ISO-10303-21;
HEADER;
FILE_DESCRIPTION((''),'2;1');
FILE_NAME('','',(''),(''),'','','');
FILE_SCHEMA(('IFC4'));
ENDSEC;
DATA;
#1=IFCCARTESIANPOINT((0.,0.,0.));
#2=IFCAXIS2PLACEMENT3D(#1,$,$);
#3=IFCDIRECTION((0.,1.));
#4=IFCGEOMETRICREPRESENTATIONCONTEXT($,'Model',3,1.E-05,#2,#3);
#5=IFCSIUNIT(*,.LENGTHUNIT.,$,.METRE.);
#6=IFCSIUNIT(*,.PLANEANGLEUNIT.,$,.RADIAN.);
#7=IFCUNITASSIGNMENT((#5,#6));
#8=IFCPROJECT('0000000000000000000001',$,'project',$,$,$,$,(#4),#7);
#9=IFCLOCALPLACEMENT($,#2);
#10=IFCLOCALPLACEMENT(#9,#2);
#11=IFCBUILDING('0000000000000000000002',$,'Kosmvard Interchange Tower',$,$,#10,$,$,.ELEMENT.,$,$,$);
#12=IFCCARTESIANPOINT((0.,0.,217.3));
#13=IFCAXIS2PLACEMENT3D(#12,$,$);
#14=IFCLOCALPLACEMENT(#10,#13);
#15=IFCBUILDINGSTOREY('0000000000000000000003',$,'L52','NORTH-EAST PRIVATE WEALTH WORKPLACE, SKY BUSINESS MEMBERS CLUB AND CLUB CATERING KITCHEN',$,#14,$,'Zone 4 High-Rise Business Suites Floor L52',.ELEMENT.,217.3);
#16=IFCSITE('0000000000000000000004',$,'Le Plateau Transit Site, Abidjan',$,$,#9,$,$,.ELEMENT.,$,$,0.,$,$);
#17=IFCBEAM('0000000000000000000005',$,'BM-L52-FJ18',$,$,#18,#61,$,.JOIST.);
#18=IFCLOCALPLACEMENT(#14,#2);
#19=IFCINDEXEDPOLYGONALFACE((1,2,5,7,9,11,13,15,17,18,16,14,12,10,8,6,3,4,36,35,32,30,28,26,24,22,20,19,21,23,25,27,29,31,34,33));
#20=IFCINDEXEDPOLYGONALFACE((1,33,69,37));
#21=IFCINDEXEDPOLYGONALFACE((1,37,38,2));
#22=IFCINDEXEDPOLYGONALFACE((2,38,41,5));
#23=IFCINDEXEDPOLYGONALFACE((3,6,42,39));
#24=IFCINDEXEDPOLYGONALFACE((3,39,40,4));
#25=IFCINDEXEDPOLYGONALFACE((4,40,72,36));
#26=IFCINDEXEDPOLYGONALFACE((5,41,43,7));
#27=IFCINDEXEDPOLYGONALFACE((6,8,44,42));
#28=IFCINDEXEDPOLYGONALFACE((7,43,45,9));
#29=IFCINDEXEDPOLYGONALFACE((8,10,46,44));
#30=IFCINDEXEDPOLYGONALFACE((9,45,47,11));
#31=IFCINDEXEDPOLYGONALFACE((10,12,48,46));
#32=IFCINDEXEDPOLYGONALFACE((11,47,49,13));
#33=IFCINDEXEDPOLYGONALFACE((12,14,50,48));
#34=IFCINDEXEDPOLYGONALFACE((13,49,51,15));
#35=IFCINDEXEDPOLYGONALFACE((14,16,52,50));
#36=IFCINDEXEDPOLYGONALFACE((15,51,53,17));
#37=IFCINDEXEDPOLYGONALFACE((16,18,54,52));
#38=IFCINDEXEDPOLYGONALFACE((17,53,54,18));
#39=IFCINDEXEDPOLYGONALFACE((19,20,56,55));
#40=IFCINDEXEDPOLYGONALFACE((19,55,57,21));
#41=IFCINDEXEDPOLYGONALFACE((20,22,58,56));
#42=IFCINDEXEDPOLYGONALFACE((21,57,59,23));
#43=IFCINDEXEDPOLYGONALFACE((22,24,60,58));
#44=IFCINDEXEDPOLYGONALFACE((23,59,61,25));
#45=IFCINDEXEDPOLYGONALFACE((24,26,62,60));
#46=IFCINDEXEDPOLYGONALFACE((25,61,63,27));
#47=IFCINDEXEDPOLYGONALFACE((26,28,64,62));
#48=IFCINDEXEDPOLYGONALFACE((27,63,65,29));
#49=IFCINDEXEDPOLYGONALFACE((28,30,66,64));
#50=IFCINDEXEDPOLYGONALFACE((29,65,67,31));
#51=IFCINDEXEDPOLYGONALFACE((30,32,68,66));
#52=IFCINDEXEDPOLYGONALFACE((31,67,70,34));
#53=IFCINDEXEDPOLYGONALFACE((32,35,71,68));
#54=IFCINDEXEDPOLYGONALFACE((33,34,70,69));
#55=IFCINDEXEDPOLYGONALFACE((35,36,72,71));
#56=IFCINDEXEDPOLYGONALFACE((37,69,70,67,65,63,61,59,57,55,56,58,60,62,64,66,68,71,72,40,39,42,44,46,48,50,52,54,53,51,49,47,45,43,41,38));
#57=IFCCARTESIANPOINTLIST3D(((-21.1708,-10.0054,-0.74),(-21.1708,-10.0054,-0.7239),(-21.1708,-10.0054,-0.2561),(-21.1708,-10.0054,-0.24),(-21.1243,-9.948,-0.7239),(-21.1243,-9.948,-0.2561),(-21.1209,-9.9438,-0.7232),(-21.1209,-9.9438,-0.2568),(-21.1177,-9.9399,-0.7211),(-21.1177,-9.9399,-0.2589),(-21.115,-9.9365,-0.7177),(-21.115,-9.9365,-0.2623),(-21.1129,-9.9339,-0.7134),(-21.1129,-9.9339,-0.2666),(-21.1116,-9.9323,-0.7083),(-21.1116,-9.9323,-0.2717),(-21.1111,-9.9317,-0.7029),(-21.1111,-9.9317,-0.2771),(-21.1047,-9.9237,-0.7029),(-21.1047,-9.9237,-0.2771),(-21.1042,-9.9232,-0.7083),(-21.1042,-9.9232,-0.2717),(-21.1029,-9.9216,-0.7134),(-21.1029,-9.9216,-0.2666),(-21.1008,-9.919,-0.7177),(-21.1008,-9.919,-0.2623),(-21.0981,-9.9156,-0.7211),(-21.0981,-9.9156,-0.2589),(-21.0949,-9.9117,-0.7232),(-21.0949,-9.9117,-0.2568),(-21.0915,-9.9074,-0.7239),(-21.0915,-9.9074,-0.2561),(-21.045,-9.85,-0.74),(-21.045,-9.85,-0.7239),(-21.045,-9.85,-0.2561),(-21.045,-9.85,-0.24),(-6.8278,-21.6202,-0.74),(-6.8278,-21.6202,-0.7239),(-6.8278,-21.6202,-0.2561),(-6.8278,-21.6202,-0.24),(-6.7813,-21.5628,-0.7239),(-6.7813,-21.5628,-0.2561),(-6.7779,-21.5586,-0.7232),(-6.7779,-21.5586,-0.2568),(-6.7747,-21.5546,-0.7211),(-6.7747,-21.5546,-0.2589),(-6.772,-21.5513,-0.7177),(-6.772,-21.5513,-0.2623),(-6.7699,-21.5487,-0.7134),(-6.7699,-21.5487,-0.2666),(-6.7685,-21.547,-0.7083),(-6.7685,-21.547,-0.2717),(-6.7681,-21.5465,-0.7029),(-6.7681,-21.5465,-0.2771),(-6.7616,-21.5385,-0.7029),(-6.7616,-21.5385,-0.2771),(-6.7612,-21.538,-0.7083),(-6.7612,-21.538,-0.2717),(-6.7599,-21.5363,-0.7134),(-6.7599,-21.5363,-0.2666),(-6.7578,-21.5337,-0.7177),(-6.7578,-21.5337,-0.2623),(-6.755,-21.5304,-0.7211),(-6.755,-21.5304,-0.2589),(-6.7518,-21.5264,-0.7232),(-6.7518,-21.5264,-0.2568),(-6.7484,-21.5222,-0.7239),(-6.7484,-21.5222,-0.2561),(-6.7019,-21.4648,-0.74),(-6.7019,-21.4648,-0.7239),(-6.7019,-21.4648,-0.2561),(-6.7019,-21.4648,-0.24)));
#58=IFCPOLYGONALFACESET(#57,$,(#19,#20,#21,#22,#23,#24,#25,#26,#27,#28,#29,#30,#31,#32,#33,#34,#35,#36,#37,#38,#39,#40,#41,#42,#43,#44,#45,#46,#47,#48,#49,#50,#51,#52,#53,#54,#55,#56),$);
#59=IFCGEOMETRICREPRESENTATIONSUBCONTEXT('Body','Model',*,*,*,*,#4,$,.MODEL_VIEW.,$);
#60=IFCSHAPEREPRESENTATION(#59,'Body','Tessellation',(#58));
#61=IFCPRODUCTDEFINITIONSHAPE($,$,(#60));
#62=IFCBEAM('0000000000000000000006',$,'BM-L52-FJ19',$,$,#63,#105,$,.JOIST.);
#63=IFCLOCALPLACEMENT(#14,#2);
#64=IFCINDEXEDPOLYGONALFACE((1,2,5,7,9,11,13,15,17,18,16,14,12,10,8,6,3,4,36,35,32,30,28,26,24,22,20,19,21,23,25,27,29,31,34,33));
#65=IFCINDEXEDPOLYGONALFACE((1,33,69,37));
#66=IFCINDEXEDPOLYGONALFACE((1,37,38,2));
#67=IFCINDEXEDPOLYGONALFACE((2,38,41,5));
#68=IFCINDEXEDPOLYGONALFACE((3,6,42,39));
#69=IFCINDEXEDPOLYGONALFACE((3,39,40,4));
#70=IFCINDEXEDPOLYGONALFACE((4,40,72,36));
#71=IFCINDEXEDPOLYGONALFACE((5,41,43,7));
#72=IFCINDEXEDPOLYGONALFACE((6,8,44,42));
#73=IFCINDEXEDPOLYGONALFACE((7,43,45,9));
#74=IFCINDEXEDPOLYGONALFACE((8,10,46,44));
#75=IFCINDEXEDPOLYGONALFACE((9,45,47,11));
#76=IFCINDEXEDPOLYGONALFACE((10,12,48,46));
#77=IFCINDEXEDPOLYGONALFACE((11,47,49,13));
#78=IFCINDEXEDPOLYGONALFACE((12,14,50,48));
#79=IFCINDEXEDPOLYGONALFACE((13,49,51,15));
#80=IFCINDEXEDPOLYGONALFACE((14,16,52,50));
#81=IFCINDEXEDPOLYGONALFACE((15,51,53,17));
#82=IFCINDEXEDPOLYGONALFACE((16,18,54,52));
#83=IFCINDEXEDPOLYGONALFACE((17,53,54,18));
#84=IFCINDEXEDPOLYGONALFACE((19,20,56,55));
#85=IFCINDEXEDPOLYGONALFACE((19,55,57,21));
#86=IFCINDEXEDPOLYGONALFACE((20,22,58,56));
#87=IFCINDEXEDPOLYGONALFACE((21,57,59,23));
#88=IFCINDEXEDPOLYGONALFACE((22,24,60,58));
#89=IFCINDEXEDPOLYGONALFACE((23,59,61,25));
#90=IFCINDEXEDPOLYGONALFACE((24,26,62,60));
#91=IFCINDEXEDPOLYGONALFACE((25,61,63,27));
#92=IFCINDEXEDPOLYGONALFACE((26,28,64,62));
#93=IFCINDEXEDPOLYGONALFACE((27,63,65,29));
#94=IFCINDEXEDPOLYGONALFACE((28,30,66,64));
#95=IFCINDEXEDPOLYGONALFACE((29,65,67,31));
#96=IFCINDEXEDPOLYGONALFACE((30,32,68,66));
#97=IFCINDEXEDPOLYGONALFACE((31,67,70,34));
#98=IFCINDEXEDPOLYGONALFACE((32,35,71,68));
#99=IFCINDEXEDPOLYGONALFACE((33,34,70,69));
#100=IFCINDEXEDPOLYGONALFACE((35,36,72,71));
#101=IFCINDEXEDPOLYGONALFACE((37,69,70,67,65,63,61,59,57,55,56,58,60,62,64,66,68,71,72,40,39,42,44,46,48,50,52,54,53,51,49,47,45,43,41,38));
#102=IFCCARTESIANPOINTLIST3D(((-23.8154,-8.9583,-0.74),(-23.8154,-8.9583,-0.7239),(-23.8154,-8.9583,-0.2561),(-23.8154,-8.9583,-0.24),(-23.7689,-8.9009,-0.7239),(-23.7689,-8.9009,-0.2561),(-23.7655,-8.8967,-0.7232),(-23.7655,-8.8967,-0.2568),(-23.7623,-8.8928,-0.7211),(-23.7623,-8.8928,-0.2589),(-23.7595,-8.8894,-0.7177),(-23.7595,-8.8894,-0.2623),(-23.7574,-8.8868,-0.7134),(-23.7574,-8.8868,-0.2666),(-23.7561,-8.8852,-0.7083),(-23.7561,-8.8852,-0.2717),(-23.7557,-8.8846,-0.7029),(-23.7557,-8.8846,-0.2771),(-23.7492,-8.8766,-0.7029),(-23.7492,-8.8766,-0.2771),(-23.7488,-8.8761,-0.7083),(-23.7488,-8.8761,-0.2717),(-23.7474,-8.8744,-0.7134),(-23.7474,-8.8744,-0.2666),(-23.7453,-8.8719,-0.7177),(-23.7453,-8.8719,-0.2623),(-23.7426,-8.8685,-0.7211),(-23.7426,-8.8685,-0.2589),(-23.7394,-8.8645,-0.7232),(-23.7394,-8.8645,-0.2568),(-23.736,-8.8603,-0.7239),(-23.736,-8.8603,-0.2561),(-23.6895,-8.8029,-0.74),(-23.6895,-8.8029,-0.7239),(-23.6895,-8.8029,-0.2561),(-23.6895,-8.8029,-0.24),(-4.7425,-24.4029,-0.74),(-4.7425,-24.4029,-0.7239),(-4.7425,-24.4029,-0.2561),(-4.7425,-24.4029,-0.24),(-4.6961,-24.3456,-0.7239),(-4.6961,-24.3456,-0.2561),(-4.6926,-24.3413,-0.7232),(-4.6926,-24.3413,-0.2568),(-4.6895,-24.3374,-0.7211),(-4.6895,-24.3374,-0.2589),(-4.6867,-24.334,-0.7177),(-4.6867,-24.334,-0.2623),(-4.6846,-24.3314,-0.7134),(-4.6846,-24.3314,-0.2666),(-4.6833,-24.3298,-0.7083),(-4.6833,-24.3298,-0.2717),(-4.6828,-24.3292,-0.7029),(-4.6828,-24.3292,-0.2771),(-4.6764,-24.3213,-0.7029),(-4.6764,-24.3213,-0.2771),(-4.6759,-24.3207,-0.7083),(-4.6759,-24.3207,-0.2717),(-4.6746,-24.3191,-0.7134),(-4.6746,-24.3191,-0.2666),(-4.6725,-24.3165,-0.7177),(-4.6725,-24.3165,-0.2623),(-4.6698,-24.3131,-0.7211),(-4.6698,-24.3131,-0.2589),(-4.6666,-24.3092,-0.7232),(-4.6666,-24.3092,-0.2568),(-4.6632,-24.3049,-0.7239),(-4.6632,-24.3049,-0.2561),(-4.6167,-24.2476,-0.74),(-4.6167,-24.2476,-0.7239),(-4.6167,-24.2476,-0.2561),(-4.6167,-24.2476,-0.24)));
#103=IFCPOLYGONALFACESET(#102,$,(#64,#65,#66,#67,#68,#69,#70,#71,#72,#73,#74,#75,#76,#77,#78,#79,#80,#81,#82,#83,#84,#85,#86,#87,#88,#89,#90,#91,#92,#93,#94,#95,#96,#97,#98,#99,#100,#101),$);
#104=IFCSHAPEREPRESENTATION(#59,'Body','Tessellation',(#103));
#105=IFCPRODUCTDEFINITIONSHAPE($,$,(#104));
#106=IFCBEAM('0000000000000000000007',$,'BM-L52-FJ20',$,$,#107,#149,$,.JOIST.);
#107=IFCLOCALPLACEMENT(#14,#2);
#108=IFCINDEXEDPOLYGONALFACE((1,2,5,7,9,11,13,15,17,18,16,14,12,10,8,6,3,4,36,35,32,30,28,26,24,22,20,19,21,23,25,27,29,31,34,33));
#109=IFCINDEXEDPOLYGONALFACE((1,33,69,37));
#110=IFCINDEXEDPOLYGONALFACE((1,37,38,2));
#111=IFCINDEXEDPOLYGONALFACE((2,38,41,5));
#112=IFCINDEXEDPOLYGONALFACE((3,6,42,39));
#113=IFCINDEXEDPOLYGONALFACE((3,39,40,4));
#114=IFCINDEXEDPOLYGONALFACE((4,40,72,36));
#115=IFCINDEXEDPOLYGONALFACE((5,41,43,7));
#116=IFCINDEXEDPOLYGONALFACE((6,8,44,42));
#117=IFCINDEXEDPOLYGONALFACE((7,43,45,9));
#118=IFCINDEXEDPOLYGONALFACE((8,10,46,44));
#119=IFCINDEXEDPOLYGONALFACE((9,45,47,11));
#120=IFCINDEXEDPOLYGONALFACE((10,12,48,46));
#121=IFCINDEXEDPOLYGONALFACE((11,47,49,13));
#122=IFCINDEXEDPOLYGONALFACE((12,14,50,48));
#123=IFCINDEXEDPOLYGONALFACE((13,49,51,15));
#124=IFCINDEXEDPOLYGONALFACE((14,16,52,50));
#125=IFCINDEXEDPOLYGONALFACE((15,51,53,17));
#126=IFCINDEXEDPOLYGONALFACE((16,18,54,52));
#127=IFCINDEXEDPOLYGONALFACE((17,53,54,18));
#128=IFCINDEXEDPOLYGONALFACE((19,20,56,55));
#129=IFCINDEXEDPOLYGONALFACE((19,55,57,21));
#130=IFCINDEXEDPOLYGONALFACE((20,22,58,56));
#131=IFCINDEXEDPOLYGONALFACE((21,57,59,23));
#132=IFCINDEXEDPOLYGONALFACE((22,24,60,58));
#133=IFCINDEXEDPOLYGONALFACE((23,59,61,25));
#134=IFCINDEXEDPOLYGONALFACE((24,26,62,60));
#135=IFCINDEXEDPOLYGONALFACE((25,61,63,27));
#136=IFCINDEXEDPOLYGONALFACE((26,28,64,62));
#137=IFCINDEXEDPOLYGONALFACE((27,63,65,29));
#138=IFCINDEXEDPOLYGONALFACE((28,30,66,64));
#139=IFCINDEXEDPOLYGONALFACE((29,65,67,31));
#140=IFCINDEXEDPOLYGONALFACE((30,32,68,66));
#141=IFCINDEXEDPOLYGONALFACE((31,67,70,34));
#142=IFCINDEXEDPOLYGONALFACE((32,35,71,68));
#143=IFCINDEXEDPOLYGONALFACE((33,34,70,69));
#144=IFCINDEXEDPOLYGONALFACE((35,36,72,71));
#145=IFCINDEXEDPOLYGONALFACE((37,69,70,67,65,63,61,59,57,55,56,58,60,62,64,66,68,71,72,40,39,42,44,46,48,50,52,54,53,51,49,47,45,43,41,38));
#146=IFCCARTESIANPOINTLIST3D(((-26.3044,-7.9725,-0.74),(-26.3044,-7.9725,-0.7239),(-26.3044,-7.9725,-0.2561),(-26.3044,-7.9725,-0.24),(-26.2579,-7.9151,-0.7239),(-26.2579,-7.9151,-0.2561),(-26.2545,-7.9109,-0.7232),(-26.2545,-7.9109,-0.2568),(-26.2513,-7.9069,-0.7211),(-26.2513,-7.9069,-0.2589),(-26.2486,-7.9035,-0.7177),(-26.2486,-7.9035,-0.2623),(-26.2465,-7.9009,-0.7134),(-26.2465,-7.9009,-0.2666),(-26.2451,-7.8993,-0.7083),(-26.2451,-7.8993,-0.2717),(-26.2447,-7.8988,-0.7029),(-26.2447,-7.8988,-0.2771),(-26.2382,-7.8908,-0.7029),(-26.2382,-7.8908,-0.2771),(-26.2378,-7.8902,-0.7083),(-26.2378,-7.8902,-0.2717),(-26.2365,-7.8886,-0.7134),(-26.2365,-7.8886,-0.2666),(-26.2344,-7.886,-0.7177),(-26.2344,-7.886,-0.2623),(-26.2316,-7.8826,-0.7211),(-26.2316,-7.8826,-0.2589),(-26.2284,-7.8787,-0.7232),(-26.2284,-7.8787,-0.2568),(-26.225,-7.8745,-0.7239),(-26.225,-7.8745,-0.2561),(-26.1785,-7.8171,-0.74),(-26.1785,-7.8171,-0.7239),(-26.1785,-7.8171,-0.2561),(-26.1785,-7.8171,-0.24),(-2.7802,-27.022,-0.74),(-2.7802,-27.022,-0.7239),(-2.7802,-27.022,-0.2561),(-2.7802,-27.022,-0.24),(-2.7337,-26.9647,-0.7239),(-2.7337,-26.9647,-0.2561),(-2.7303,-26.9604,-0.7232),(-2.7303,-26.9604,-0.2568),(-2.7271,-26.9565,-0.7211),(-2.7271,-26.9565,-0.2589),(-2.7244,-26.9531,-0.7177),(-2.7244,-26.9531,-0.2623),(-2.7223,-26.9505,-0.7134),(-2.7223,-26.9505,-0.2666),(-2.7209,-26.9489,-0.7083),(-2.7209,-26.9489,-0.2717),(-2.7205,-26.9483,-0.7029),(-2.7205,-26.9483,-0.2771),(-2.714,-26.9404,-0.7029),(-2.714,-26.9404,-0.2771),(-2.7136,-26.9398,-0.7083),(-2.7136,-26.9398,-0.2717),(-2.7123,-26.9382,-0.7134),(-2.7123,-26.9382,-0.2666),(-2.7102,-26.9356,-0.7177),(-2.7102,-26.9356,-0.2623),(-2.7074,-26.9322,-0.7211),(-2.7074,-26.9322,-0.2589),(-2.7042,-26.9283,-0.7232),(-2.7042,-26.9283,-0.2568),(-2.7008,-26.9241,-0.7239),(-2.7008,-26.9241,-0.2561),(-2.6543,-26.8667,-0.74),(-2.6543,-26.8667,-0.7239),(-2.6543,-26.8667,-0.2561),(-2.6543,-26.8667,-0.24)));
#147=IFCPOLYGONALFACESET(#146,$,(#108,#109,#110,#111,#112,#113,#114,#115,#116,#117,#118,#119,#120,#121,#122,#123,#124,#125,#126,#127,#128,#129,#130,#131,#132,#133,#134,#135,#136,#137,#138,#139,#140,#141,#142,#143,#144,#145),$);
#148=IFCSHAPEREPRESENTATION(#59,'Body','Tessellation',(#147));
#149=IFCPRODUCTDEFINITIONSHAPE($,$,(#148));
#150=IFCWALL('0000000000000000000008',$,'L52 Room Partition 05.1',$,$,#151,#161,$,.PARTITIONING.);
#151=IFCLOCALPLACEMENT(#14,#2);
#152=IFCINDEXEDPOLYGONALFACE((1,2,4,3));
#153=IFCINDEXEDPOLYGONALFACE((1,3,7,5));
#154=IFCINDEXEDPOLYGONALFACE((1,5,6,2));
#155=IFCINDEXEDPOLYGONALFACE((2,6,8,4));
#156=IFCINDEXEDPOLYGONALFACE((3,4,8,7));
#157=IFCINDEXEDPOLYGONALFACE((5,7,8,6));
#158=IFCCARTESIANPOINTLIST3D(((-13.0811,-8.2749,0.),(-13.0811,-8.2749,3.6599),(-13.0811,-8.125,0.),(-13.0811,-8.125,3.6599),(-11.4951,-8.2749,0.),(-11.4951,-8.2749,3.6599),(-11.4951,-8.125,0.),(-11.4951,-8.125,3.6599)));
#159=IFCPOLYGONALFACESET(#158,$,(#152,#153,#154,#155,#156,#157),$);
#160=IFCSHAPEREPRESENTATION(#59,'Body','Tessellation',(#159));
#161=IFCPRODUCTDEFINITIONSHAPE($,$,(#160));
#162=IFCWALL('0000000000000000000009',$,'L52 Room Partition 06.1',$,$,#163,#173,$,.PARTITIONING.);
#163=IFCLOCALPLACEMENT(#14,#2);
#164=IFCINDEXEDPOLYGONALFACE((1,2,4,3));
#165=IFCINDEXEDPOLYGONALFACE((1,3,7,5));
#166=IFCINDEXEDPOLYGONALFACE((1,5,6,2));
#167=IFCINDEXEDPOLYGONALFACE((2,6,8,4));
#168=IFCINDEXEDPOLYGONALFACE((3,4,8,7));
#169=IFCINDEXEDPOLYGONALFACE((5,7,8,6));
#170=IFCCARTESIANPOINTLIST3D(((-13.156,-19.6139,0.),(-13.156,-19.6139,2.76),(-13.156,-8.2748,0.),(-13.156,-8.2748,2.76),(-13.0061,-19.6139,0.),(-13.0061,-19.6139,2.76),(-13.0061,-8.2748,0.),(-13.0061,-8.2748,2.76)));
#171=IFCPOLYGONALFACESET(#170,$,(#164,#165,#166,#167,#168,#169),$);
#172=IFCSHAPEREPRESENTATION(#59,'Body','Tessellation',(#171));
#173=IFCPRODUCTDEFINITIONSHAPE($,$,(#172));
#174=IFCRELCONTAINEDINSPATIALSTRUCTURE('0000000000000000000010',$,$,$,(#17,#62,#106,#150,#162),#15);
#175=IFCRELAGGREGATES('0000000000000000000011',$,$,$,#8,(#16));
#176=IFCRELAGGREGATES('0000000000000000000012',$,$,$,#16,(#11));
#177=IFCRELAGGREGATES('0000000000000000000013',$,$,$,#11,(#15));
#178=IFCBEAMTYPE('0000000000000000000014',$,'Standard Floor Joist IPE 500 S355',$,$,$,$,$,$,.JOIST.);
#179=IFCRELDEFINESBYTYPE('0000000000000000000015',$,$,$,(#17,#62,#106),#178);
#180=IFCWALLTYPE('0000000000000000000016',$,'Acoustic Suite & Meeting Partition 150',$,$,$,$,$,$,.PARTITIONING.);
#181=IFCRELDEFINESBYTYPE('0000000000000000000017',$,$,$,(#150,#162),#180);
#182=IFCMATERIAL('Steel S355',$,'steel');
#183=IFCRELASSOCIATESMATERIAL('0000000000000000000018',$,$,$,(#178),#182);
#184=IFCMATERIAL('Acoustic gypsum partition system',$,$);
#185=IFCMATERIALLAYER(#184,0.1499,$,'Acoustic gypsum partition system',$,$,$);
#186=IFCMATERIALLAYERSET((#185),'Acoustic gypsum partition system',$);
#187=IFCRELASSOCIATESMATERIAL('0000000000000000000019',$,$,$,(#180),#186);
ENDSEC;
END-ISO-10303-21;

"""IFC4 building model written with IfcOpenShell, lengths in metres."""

from ifc_helpers import new_model, si_unit, direction, frame, frame_2d, origin, origin_2d, place, context, subcontext, project, spatial, rectangle, i_section, extrude, source, transform, mapped, material, layer, layer_set, material_profile, profile_set, type_object, element, save


model = new_model("IFC4")

# Units and contexts
model_context = context("Model", 3, precision=1e-05, world=origin(), true_north=direction((0.0, 1.0)))
body_context = subcontext(model_context, "Body", "Model", "MODEL_VIEW")
ifc_project = project(units=[si_unit("LENGTHUNIT", "METRE"), si_unit("PLANEANGLEUNIT", "RADIAN")], contexts=[model_context])

# Site, building, storey
site_placement = place(None, origin())
site = spatial("IfcSite", under=ifc_project, at=site_placement, Name="Le Plateau Transit Site, Abidjan", CompositionType="ELEMENT", RefElevation=0.0)
building_placement = place(site_placement, origin())
building = spatial("IfcBuilding", under=site, at=building_placement, Name="Kosmvard Interchange Tower", CompositionType="ELEMENT")
storey_placement = place(building_placement, frame((0.0, 0.0, 217.3)))
storey = spatial("IfcBuildingStorey", under=building, at=storey_placement, Name="L52", Description="NORTH-EAST PRIVATE WEALTH WORKPLACE, SKY BUSINESS MEMBERS CLUB AND CLUB CATERING KITCHEN", LongName="Zone 4 High-Rise Business Suites Floor L52", CompositionType="ELEMENT", Elevation=217.3)

# Beams
ifc_material_1 = material(Name="Steel S355", Category="steel")
ifc_material_profile_1 = material_profile(ifc_material_1, i_section(OverallWidth=0.2, OverallDepth=0.5, WebThickness=0.0103, FlangeThickness=0.0161, FilletRadius=0.021, at=origin_2d()), Name="IPE 500")
ifc_profile_set_1 = profile_set([ifc_material_profile_1], Name="Steel S355")
beam_type_1 = type_object("IfcBeamType", Name="Standard Floor Joist IPE 500 S355", PredefinedType="JOIST", material=ifc_profile_set_1)
shared_shape_1 = source(origin(), body_context, "Body", "SweptSolid", [
    extrude(i_section(OverallWidth=0.2, OverallDepth=0.5, WebThickness=0.0103, FlangeThickness=0.0161, FilletRadius=0.021, at=origin_2d()), origin(), (0.0, 0.0, 1.0), 18.4561),
])
beam_1_placement = place(storey_placement, frame((-21.1079, -9.9277, -0.49), z_axis=(0.777146, -0.62932, 0.0), x_axis=(0.62932, 0.777146, 0.0)))
element("IfcBeam", 1, at=beam_1_placement, inside=storey, type_object=beam_type_1, Name="BM-L52-FJ18", PredefinedType="JOIST", context=body_context, shape_type="MappedRepresentation", body=[
    mapped(shared_shape_1, transform((0.0, 0.0, 0.0), scale=1.0)),
])
shared_shape_2 = source(origin(), body_context, "Body", "SweptSolid", [
    extrude(i_section(OverallWidth=0.2, OverallDepth=0.5, WebThickness=0.0103, FlangeThickness=0.0161, FilletRadius=0.021, at=origin_2d()), origin(), (0.0, 0.0, 1.0), 24.542),
])
beam_2_placement = place(storey_placement, frame((-23.7524, -8.8806, -0.49), z_axis=(0.777151, -0.629315, 0.0), x_axis=(0.629315, 0.777151, 0.0)))
element("IfcBeam", 2, at=beam_2_placement, inside=storey, type_object=beam_type_1, Name="BM-L52-FJ19", PredefinedType="JOIST", context=body_context, shape_type="MappedRepresentation", body=[
    mapped(shared_shape_2, transform((0.0, 0.0, 0.0), scale=1.0)),
])
shared_shape_3 = source(origin(), body_context, "Body", "SweptSolid", [
    extrude(i_section(OverallWidth=0.2, OverallDepth=0.5, WebThickness=0.0103, FlangeThickness=0.0161, FilletRadius=0.021, at=origin_2d()), origin(), (0.0, 0.0, 1.0), 30.27),
])
beam_3_placement = place(storey_placement, frame((-26.2415, -7.8948, -0.49), z_axis=(0.777145, -0.629322, 0.0), x_axis=(0.629322, 0.777145, 0.0)))
element("IfcBeam", 3, at=beam_3_placement, inside=storey, type_object=beam_type_1, Name="BM-L52-FJ20", PredefinedType="JOIST", context=body_context, shape_type="MappedRepresentation", body=[
    mapped(shared_shape_3, transform((0.0, 0.0, 0.0), scale=1.0)),
])

# Walls
ifc_material_2 = material(Name="Acoustic gypsum partition system")
ifc_layer_1 = layer(ifc_material_2, 0.1499, Name="Acoustic gypsum partition system")
ifc_layer_set_1 = layer_set([ifc_layer_1], Name="Acoustic gypsum partition system")
wall_type_1 = type_object("IfcWallType", Name="Acoustic Suite & Meeting Partition 150", PredefinedType="PARTITIONING", material=ifc_layer_set_1)
wall_1_placement = place(storey_placement, frame((-11.4951, -8.2, 0.0), z_axis=(0.0, 0.0, 1.0), x_axis=(-1.0, 0.0, 0.0)))
element("IfcWall", 4, at=wall_1_placement, inside=storey, type_object=wall_type_1, Name="L52 Room Partition 05.1", PredefinedType="PARTITIONING", context=body_context, shape_type="SweptSolid", body=[
    extrude(rectangle(XDim=1.5859, YDim=0.1499, at=frame_2d((0.793, 0.0))), origin(), (0.0, 0.0, 1.0), 3.6599),
])
wall_2_placement = place(storey_placement, frame((-13.0811, -8.2749, 0.0), z_axis=(0.0, 0.0, 1.0), x_axis=(0.0, -1.0, 0.0)))
element("IfcWall", 5, at=wall_2_placement, inside=storey, type_object=wall_type_1, Name="L52 Room Partition 06.1", PredefinedType="PARTITIONING", context=body_context, shape_type="SweptSolid", body=[
    extrude(rectangle(XDim=11.3391, YDim=0.1499, at=frame_2d((5.6694, 0.0))), origin(), (0.0, 0.0, 1.0), 2.76),
])

save(model, "model.ifc")
